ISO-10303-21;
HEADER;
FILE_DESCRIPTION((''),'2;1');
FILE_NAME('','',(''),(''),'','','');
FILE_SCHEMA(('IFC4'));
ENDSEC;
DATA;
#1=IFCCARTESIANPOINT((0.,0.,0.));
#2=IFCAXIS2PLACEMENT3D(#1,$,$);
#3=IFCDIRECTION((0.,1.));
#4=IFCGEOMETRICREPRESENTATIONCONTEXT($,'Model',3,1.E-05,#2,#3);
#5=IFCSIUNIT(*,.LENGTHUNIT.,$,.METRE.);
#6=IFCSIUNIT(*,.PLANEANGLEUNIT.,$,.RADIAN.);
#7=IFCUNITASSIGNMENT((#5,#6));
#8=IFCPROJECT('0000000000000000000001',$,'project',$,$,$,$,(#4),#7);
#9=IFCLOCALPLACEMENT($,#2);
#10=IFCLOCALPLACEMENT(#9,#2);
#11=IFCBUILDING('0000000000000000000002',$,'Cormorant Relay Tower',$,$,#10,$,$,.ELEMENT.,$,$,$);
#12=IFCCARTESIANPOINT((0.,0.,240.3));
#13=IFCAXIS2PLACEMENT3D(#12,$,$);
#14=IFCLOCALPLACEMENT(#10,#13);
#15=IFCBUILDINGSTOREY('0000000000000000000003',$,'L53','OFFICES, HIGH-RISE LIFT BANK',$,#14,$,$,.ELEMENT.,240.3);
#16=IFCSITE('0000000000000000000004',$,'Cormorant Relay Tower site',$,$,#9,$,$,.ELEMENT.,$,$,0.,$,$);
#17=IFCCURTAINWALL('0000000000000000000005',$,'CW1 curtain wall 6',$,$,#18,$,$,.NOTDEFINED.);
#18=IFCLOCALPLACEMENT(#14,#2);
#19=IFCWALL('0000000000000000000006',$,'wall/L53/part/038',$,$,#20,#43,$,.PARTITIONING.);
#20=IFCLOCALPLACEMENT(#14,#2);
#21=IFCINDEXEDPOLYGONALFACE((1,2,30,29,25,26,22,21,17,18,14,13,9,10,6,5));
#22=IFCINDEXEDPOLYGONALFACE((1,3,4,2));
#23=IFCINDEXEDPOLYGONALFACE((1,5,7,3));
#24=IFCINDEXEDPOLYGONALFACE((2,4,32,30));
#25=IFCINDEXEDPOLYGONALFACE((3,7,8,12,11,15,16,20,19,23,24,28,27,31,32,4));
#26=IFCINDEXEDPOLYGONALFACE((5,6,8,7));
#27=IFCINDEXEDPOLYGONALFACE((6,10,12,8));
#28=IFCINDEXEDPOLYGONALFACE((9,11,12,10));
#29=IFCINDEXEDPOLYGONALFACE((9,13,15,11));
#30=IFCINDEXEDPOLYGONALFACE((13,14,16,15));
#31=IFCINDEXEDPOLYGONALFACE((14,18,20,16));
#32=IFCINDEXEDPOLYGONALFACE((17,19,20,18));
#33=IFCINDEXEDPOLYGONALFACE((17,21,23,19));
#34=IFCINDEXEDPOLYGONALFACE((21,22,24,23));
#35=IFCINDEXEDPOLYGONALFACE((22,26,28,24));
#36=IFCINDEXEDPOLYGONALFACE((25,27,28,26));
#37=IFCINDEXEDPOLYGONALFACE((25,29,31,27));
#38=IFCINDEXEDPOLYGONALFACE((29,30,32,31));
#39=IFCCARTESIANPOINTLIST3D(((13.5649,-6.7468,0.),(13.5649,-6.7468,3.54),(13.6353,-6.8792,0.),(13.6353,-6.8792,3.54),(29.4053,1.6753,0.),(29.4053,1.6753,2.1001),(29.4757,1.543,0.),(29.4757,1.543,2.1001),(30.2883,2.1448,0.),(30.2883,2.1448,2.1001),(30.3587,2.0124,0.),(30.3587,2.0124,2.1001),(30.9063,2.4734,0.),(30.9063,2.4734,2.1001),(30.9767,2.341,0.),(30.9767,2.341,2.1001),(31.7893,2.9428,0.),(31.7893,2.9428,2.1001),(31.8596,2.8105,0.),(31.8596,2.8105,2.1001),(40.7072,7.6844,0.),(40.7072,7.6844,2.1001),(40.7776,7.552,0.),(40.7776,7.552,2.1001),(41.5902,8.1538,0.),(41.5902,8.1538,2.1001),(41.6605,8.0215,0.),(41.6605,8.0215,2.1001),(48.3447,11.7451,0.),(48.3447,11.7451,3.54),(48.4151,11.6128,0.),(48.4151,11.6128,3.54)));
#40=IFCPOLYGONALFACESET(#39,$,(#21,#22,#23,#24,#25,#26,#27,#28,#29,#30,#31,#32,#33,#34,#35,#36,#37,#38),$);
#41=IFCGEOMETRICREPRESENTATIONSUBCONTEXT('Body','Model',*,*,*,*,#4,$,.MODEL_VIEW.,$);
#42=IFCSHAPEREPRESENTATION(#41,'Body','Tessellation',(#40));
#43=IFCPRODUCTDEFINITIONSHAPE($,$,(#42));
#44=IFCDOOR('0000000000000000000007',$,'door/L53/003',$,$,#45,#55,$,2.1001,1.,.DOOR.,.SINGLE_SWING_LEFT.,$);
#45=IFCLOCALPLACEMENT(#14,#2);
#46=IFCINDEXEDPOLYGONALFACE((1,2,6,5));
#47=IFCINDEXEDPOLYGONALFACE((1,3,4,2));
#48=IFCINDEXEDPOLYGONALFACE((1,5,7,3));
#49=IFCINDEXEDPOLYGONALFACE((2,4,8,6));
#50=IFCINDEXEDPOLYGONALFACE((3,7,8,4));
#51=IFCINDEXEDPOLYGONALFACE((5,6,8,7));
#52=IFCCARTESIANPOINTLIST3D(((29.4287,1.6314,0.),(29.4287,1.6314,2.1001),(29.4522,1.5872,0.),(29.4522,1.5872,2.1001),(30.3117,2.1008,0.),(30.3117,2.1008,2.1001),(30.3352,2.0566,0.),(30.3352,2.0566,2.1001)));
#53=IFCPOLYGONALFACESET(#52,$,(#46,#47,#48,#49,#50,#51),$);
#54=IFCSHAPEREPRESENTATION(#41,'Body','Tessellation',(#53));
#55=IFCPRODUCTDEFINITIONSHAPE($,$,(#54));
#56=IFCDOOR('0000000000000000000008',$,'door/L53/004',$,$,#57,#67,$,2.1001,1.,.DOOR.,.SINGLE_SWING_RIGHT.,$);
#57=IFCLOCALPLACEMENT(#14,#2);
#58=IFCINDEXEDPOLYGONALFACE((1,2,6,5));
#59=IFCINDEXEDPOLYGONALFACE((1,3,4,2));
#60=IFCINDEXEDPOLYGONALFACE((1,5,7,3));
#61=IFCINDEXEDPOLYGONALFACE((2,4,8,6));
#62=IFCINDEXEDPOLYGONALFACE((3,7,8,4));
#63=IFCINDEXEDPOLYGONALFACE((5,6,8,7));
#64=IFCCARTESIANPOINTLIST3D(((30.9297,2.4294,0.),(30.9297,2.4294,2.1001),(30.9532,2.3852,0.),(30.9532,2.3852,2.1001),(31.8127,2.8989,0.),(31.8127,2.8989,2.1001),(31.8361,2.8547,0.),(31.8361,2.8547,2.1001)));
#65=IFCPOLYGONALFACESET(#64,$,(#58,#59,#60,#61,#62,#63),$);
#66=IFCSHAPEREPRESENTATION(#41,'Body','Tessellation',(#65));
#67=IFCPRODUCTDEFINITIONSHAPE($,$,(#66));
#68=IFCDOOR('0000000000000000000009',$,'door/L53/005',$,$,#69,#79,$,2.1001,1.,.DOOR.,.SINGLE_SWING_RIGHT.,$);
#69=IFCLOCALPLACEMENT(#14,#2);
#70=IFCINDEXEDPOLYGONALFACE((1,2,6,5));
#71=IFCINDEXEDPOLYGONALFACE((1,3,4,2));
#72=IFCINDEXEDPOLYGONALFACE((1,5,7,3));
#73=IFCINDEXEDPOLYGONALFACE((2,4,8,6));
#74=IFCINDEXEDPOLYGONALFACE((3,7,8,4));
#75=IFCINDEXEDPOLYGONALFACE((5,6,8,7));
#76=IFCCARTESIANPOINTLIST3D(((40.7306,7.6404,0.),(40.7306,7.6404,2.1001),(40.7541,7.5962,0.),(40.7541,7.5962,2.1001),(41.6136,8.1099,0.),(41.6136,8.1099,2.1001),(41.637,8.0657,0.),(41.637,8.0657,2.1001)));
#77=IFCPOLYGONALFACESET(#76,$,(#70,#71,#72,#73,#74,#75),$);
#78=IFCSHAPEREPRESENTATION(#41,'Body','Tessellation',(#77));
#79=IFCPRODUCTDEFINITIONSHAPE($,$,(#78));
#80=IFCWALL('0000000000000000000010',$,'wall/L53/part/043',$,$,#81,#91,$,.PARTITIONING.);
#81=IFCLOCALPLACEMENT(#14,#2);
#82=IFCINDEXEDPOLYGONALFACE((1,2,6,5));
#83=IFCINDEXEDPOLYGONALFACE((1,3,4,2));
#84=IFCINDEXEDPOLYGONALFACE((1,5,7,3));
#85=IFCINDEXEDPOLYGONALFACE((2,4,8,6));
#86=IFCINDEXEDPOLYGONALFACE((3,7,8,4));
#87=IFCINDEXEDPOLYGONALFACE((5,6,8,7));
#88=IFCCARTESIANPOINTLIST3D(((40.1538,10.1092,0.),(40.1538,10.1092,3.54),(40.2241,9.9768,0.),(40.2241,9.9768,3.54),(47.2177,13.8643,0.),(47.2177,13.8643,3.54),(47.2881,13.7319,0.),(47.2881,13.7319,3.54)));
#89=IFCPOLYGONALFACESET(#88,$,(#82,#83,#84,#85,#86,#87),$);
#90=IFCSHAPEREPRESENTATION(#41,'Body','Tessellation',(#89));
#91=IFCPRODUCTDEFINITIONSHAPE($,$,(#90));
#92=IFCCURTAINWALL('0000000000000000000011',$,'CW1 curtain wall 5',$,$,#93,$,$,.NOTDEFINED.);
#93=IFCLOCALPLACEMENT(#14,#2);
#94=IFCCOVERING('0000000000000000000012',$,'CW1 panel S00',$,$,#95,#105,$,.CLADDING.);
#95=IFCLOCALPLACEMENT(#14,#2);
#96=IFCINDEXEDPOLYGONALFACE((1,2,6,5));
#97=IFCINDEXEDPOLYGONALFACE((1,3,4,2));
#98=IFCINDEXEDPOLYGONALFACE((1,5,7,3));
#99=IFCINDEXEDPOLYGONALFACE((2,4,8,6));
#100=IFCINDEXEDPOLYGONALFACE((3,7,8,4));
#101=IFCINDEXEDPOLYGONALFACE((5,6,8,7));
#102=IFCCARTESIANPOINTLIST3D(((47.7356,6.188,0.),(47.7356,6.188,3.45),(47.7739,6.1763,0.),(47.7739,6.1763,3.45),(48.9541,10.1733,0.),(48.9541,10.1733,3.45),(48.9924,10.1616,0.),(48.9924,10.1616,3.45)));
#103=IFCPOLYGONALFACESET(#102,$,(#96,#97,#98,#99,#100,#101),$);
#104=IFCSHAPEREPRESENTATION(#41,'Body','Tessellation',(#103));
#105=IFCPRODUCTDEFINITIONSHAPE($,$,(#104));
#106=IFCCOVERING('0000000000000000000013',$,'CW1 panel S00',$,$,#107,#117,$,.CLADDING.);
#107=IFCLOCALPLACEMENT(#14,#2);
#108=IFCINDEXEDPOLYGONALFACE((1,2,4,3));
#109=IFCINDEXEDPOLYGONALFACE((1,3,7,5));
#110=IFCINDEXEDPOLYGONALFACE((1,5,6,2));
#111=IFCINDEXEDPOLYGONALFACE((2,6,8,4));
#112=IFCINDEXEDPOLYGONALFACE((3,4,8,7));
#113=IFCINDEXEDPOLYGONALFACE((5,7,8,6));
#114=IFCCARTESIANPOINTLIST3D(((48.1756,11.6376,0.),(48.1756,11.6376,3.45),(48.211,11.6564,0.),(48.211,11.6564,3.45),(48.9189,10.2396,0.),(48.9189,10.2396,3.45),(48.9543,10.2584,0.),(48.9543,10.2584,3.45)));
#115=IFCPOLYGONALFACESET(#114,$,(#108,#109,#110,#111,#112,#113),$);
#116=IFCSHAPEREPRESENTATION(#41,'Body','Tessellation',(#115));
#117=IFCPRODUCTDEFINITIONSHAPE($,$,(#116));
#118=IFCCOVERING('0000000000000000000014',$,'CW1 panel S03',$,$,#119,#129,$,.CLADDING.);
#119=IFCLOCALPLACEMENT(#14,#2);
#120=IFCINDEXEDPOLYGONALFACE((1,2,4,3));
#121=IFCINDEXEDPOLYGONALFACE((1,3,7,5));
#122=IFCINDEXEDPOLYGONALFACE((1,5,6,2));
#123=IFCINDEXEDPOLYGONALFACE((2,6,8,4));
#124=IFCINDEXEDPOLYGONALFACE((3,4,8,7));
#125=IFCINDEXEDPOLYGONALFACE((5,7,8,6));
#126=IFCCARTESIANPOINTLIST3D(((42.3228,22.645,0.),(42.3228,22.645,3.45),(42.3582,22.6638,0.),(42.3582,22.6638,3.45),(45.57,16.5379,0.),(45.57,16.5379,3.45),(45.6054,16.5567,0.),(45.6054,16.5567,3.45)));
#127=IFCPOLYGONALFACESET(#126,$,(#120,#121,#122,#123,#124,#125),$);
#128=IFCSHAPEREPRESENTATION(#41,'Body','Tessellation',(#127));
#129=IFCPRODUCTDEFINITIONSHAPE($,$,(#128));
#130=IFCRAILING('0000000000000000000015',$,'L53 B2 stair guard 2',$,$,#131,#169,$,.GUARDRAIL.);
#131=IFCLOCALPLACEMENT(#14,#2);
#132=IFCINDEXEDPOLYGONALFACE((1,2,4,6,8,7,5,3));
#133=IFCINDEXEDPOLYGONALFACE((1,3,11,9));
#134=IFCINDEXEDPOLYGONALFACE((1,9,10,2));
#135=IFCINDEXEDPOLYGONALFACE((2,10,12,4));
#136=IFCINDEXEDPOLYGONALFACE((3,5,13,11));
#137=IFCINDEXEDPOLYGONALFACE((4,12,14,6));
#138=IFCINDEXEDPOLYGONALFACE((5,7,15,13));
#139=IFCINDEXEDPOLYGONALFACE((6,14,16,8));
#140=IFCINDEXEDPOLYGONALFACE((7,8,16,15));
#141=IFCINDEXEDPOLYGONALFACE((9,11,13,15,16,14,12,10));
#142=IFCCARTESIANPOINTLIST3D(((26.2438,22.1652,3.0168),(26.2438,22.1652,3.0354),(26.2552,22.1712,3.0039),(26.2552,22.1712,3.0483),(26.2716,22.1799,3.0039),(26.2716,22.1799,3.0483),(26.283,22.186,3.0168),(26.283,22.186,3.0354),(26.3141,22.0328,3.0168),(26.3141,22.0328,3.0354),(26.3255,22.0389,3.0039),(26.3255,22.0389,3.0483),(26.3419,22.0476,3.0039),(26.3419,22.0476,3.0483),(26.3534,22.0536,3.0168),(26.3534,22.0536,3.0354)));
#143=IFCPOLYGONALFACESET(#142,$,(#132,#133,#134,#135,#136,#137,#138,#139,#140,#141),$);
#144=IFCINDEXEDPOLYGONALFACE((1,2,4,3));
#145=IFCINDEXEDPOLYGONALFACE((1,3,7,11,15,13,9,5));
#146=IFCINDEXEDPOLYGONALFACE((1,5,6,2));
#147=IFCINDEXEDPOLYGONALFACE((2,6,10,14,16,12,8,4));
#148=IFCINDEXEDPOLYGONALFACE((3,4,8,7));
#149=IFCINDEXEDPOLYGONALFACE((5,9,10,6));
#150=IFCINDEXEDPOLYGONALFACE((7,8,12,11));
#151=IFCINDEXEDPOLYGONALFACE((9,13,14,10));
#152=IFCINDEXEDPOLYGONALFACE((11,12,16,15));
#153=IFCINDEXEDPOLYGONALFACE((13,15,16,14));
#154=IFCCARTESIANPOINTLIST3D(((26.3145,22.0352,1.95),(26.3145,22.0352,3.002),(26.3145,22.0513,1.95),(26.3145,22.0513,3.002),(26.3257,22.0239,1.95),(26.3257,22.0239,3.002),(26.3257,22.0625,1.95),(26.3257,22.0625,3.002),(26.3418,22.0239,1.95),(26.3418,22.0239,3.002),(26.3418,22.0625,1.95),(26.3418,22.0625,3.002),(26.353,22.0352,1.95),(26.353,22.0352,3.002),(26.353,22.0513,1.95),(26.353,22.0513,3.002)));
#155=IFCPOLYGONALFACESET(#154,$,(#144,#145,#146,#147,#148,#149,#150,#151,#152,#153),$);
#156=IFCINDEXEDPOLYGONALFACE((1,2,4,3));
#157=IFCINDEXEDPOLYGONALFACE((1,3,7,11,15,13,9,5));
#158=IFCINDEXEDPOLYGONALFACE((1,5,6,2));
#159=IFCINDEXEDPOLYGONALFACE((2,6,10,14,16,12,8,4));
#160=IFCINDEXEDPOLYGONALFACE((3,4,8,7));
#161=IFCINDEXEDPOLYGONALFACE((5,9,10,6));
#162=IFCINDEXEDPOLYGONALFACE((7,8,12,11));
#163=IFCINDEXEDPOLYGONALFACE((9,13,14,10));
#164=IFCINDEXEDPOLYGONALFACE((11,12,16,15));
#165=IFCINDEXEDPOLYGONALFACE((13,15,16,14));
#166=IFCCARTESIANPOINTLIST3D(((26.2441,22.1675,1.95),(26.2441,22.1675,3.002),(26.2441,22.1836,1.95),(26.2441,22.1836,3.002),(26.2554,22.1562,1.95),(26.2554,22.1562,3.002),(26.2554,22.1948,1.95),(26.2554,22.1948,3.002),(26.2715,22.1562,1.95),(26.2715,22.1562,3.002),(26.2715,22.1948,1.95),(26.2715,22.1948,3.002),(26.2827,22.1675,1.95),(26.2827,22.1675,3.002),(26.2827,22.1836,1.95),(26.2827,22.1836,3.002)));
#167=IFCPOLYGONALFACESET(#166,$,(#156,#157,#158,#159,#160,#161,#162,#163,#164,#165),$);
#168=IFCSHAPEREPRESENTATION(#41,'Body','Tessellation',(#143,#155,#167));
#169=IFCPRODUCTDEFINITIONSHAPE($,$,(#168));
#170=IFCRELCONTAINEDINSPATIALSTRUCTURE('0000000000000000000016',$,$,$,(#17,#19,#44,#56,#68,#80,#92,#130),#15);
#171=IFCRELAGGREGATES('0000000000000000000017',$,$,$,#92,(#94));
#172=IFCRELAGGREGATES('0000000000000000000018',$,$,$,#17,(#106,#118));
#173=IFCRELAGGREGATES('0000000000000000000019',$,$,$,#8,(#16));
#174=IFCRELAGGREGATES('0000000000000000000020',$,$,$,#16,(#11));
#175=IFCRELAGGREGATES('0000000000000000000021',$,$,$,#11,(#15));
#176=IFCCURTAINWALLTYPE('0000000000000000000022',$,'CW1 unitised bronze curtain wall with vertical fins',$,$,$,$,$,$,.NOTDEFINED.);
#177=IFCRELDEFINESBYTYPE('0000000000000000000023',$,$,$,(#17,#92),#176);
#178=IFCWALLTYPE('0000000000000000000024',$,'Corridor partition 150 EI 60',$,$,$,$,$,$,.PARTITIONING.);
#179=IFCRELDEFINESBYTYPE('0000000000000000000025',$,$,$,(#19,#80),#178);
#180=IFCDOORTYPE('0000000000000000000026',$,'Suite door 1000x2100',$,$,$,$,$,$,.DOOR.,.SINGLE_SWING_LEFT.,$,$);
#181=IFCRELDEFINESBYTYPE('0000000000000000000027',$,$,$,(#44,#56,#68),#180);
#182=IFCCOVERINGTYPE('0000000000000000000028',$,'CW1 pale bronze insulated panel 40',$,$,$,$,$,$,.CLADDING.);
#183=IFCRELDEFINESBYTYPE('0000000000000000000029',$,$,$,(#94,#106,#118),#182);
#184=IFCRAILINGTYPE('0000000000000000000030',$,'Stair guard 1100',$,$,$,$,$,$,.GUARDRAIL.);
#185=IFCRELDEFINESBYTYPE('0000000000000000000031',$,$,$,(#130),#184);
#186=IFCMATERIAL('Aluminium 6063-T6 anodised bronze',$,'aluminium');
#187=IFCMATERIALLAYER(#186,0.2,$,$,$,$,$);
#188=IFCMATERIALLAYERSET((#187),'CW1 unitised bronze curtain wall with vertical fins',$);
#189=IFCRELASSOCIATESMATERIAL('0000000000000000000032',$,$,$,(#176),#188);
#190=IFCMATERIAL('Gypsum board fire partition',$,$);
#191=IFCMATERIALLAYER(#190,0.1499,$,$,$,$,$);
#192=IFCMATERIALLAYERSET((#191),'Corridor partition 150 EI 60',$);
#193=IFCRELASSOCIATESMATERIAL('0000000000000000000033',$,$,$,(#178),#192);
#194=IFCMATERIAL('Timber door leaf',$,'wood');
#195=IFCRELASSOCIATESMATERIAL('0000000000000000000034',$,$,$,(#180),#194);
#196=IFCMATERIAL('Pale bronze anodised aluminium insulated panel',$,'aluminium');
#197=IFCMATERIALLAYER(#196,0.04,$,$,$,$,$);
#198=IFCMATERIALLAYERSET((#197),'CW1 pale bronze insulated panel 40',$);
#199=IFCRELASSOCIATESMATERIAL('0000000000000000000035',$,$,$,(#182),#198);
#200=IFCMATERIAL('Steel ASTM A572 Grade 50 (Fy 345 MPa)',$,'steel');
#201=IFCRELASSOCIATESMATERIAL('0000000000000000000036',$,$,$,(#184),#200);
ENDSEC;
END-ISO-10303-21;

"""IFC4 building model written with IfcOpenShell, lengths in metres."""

from ifc_helpers import new_model, si_unit, direction, frame, frame_2d, origin, origin_2d, place, context, subcontext, project, spatial, polyline, rectangle, outline, extrude, material, layer, layer_set, type_object, element, fill, aggregate, save


model = new_model("IFC4")

# Units and contexts
model_context = context("Model", 3, precision=1e-05, world=origin(), true_north=direction((0.0, 1.0)))
body_context = subcontext(model_context, "Body", "Model", "MODEL_VIEW")
ifc_project = project(units=[si_unit("LENGTHUNIT", "METRE"), si_unit("PLANEANGLEUNIT", "RADIAN")], contexts=[model_context])

# Site, building, storey
site_placement = place(None, origin())
site = spatial("IfcSite", under=ifc_project, at=site_placement, Name="Cormorant Relay Tower site", CompositionType="ELEMENT", RefElevation=0.0)
building_placement = place(site_placement, origin())
building = spatial("IfcBuilding", under=site, at=building_placement, Name="Cormorant Relay Tower", CompositionType="ELEMENT")
storey_placement = place(building_placement, frame((0.0, 0.0, 240.3)))
storey = spatial("IfcBuildingStorey", under=building, at=storey_placement, Name="L53", Description="OFFICES, HIGH-RISE LIFT BANK", CompositionType="ELEMENT", Elevation=240.3)

# Curtain wall
ifc_material_1 = material(Name="Aluminium 6063-T6 anodised bronze", Category="aluminium")
ifc_layer_1 = layer(ifc_material_1, 0.2)
ifc_layer_set_1 = layer_set([ifc_layer_1], Name="CW1 unitised bronze curtain wall with vertical fins")
curtain_wall_type = type_object("IfcCurtainWallType", Name="CW1 unitised bronze curtain wall with vertical fins", PredefinedType="NOTDEFINED", material=ifc_layer_set_1)
curtain_wall_1_placement = place(storey_placement, origin())
curtain_wall_1 = element("IfcCurtainWall", 1, at=curtain_wall_1_placement, inside=storey, type_object=curtain_wall_type, Name="CW1 curtain wall 6", PredefinedType="NOTDEFINED")

# Wall, openings, doors
ifc_material_2 = material(Name="Gypsum board fire partition")
ifc_layer_2 = layer(ifc_material_2, 0.1499)
ifc_layer_set_2 = layer_set([ifc_layer_2], Name="Corridor partition 150 EI 60")
wall_type_1 = type_object("IfcWallType", Name="Corridor partition 150 EI 60", PredefinedType="PARTITIONING", material=ifc_layer_set_2)
wall_1_placement = place(storey_placement, frame((48.3799, 11.679, 0.0), z_axis=(0.0, 0.0, 1.0), x_axis=(-0.882956, -0.469456, 0.0)))
wall_1 = element("IfcWall", 2, at=wall_1_placement, inside=storey, type_object=wall_type_1, Name="wall/L53/part/038", PredefinedType="PARTITIONING", context=body_context, shape_type="SweptSolid", body=[
    extrude(rectangle(XDim=39.3901, YDim=0.1499, at=frame_2d((19.6951, 0.0))), origin(), (0.0, 0.0, 1.0), 3.54),
])
opening_1_placement = place(wall_1_placement, frame((20.45, 0.0, 0.0)))
opening_1 = element("IfcOpeningElement", 3, at=opening_1_placement, cuts=wall_1, PredefinedType="OPENING", context=body_context, shape_type="SweptSolid", body=[
    extrude(rectangle(XDim=1.0, YDim=2.1001, at=frame_2d((0.5, 1.05))), frame((0.0, 0.085, 0.0), z_axis=(0.0, -1.0, 0.0), x_axis=(1.0, 0.0, 0.0)), (0.0, 0.0, 1.0), 0.1699),
])
opening_2_placement = place(wall_1_placement, frame((18.75, 0.0, 0.0)))
opening_2 = element("IfcOpeningElement", 4, at=opening_2_placement, cuts=wall_1, PredefinedType="OPENING", context=body_context, shape_type="SweptSolid", body=[
    extrude(rectangle(XDim=1.0, YDim=2.1001, at=frame_2d((0.5, 1.05))), frame((0.0, 0.085, 0.0), z_axis=(0.0, -1.0, 0.0), x_axis=(1.0, 0.0, 0.0)), (0.0, 0.0, 1.0), 0.1699),
])
opening_3_placement = place(wall_1_placement, frame((7.6499, 0.0, 0.0)))
opening_3 = element("IfcOpeningElement", 5, at=opening_3_placement, cuts=wall_1, PredefinedType="OPENING", context=body_context, shape_type="SweptSolid", body=[
    extrude(rectangle(XDim=1.0, YDim=2.1001, at=frame_2d((0.5, 1.05))), frame((0.0, 0.085, 0.0), z_axis=(0.0, -1.0, 0.0), x_axis=(1.0, 0.0, 0.0)), (0.0, 0.0, 1.0), 0.1699),
])
ifc_material_3 = material(Name="Timber door leaf", Category="wood")
door_type_1 = type_object("IfcDoorType", Name="Suite door 1000x2100", OperationType="SINGLE_SWING_LEFT", PredefinedType="DOOR", material=ifc_material_3)
door_1_placement = place(opening_1_placement, origin())
door_1 = element("IfcDoor", 6, at=door_1_placement, inside=storey, type_object=door_type_1, Name="door/L53/003", OperationType="SINGLE_SWING_LEFT", OverallHeight=2.1001, OverallWidth=1.0, PredefinedType="DOOR", context=body_context, shape_type="SweptSolid", body=[
    extrude(rectangle(XDim=1.0, YDim=2.1001, at=frame_2d((0.5, 1.05))), frame((0.0, 0.0249, 0.0), z_axis=(0.0, -1.0, 0.0), x_axis=(1.0, 0.0, 0.0)), (0.0, 0.0, 1.0), 0.05),
])
fill(opening_1, door_1)
door_2_placement = place(opening_2_placement, origin())
door_2 = element("IfcDoor", 7, at=door_2_placement, inside=storey, type_object=door_type_1, Name="door/L53/004", OperationType="SINGLE_SWING_RIGHT", OverallHeight=2.1001, OverallWidth=1.0, PredefinedType="DOOR", context=body_context, shape_type="SweptSolid", body=[
    extrude(rectangle(XDim=1.0, YDim=2.1001, at=frame_2d((0.5, 1.05))), frame((0.0, 0.0249, 0.0), z_axis=(0.0, -1.0, 0.0), x_axis=(1.0, 0.0, 0.0)), (0.0, 0.0, 1.0), 0.05),
])
fill(opening_2, door_2)
door_3_placement = place(opening_3_placement, origin())
door_3 = element("IfcDoor", 8, at=door_3_placement, inside=storey, type_object=door_type_1, Name="door/L53/005", OperationType="SINGLE_SWING_RIGHT", OverallHeight=2.1001, OverallWidth=1.0, PredefinedType="DOOR", context=body_context, shape_type="SweptSolid", body=[
    extrude(rectangle(XDim=1.0, YDim=2.1001, at=frame_2d((0.5, 1.05))), frame((0.0, 0.0249, 0.0), z_axis=(0.0, -1.0, 0.0), x_axis=(1.0, 0.0, 0.0)), (0.0, 0.0, 1.0), 0.05),
])
fill(opening_3, door_3)

# Wall
wall_2_placement = place(storey_placement, frame((40.189, 10.043, 0.0), z_axis=(0.0, 0.0, 1.0), x_axis=(0.882992, 0.469389, 0.0)))
element("IfcWall", 9, at=wall_2_placement, inside=storey, type_object=wall_type_1, Name="wall/L53/part/043", PredefinedType="PARTITIONING", context=body_context, shape_type="SweptSolid", body=[
    extrude(rectangle(XDim=8.0, YDim=0.1499, at=frame_2d((4.0, 0.0))), origin(), (0.0, 0.0, 1.0), 3.54),
])

# Curtain wall, covering
curtain_wall_2_placement = place(storey_placement, origin())
curtain_wall_2 = element("IfcCurtainWall", 10, at=curtain_wall_2_placement, inside=storey, type_object=curtain_wall_type, Name="CW1 curtain wall 5", PredefinedType="NOTDEFINED")
ifc_material_4 = material(Name="Pale bronze anodised aluminium insulated panel", Category="aluminium")
ifc_layer_3 = layer(ifc_material_4, 0.04)
ifc_layer_set_3 = layer_set([ifc_layer_3], Name="CW1 pale bronze insulated panel 40")
covering_type = type_object("IfcCoveringType", Name="CW1 pale bronze insulated panel 40", PredefinedType="CLADDING", material=ifc_layer_set_3)
covering_1_placement = place(storey_placement, frame((48.364, 8.1748, 0.0), z_axis=(0.0, 0.0, 1.0), x_axis=(0.292372, 0.956305, 0.0)))
covering_1 = element("IfcCovering", 11, at=covering_1_placement, type_object=covering_type, Name="CW1 panel S00", PredefinedType="CLADDING", context=body_context, shape_type="SweptSolid", body=[
    extrude(rectangle(XDim=4.1675, YDim=0.04, at=origin_2d()), origin(), (0.0, 0.0, 1.0), 3.45),
])
aggregate(curtain_wall_2, [covering_1])

# Coverings
covering_2_placement = place(storey_placement, frame((48.5649, 10.948, 0.0), z_axis=(0.0, 0.0, 1.0), x_axis=(-0.469472, 0.882948, 0.0)))
covering_2 = element("IfcCovering", 12, at=covering_2_placement, type_object=covering_type, Name="CW1 panel S00", PredefinedType="CLADDING", context=body_context, shape_type="SweptSolid", body=[
    extrude(rectangle(XDim=1.5833, YDim=0.04, at=origin_2d()), origin(), (0.0, 0.0, 1.0), 3.45),
])
covering_3_placement = place(storey_placement, frame((43.9641, 19.6008, 0.0), z_axis=(0.0, 0.0, 1.0), x_axis=(-0.469472, 0.882948, 0.0)))
covering_3 = element("IfcCovering", 13, at=covering_3_placement, type_object=covering_type, Name="CW1 panel S03", PredefinedType="CLADDING", context=body_context, shape_type="SweptSolid", body=[
    extrude(rectangle(XDim=6.9167, YDim=0.04, at=origin_2d()), origin(), (0.0, 0.0, 1.0), 3.45),
])
aggregate(curtain_wall_1, [covering_2, covering_3])

# Railing
ifc_material_5 = material(Name="Steel ASTM A572 Grade 50 (Fy 345 MPa)", Category="steel")
railing_type = type_object("IfcRailingType", Name="Stair guard 1100", PredefinedType="GUARDRAIL", material=ifc_material_5)
railing_1_placement = place(storey_placement, frame((26.3337, 22.0432, 1.95)))
element("IfcRailing", 14, at=railing_1_placement, inside=storey, type_object=railing_type, Name="L53 B2 stair guard 2", PredefinedType="GUARDRAIL", context=body_context, shape_type="SweptSolid", body=[
    extrude(outline(polyline([(0.0222, 0.0093), (0.0093, 0.0222), (-0.0093, 0.0222), (-0.0222, 0.0093), (-0.0222, -0.0093), (-0.0093, -0.0222), (0.0093, -0.0222), (0.0222, -0.0093), (0.0222, 0.0093)])), frame((0.0, 0.0, 1.0762), z_axis=(-0.469235, 0.883074, 0.0), x_axis=(-0.883074, -0.469235, 0.0)), (0.0, 0.0, 1.0), 0.1499),
    extrude(outline(polyline([(0.0193, 0.0081), (0.0081, 0.0193), (-0.0081, 0.0193), (-0.0193, 0.0081), (-0.0193, -0.0081), (-0.0081, -0.0193), (0.0081, -0.0193), (0.0193, -0.0081), (0.0193, 0.0081)])), origin(), (0.0, 0.0, 1.0), 1.052),
    extrude(outline(polyline([(0.0193, 0.0081), (0.0081, 0.0193), (-0.0081, 0.0193), (-0.0193, 0.0081), (-0.0193, -0.0081), (-0.0081, -0.0193), (0.0081, -0.0193), (0.0193, -0.0081), (0.0193, 0.0081)])), frame((-0.0703, 0.1323, 0.0)), (0.0, 0.0, 1.0), 1.052),
])

save(model, "model.ifc")
